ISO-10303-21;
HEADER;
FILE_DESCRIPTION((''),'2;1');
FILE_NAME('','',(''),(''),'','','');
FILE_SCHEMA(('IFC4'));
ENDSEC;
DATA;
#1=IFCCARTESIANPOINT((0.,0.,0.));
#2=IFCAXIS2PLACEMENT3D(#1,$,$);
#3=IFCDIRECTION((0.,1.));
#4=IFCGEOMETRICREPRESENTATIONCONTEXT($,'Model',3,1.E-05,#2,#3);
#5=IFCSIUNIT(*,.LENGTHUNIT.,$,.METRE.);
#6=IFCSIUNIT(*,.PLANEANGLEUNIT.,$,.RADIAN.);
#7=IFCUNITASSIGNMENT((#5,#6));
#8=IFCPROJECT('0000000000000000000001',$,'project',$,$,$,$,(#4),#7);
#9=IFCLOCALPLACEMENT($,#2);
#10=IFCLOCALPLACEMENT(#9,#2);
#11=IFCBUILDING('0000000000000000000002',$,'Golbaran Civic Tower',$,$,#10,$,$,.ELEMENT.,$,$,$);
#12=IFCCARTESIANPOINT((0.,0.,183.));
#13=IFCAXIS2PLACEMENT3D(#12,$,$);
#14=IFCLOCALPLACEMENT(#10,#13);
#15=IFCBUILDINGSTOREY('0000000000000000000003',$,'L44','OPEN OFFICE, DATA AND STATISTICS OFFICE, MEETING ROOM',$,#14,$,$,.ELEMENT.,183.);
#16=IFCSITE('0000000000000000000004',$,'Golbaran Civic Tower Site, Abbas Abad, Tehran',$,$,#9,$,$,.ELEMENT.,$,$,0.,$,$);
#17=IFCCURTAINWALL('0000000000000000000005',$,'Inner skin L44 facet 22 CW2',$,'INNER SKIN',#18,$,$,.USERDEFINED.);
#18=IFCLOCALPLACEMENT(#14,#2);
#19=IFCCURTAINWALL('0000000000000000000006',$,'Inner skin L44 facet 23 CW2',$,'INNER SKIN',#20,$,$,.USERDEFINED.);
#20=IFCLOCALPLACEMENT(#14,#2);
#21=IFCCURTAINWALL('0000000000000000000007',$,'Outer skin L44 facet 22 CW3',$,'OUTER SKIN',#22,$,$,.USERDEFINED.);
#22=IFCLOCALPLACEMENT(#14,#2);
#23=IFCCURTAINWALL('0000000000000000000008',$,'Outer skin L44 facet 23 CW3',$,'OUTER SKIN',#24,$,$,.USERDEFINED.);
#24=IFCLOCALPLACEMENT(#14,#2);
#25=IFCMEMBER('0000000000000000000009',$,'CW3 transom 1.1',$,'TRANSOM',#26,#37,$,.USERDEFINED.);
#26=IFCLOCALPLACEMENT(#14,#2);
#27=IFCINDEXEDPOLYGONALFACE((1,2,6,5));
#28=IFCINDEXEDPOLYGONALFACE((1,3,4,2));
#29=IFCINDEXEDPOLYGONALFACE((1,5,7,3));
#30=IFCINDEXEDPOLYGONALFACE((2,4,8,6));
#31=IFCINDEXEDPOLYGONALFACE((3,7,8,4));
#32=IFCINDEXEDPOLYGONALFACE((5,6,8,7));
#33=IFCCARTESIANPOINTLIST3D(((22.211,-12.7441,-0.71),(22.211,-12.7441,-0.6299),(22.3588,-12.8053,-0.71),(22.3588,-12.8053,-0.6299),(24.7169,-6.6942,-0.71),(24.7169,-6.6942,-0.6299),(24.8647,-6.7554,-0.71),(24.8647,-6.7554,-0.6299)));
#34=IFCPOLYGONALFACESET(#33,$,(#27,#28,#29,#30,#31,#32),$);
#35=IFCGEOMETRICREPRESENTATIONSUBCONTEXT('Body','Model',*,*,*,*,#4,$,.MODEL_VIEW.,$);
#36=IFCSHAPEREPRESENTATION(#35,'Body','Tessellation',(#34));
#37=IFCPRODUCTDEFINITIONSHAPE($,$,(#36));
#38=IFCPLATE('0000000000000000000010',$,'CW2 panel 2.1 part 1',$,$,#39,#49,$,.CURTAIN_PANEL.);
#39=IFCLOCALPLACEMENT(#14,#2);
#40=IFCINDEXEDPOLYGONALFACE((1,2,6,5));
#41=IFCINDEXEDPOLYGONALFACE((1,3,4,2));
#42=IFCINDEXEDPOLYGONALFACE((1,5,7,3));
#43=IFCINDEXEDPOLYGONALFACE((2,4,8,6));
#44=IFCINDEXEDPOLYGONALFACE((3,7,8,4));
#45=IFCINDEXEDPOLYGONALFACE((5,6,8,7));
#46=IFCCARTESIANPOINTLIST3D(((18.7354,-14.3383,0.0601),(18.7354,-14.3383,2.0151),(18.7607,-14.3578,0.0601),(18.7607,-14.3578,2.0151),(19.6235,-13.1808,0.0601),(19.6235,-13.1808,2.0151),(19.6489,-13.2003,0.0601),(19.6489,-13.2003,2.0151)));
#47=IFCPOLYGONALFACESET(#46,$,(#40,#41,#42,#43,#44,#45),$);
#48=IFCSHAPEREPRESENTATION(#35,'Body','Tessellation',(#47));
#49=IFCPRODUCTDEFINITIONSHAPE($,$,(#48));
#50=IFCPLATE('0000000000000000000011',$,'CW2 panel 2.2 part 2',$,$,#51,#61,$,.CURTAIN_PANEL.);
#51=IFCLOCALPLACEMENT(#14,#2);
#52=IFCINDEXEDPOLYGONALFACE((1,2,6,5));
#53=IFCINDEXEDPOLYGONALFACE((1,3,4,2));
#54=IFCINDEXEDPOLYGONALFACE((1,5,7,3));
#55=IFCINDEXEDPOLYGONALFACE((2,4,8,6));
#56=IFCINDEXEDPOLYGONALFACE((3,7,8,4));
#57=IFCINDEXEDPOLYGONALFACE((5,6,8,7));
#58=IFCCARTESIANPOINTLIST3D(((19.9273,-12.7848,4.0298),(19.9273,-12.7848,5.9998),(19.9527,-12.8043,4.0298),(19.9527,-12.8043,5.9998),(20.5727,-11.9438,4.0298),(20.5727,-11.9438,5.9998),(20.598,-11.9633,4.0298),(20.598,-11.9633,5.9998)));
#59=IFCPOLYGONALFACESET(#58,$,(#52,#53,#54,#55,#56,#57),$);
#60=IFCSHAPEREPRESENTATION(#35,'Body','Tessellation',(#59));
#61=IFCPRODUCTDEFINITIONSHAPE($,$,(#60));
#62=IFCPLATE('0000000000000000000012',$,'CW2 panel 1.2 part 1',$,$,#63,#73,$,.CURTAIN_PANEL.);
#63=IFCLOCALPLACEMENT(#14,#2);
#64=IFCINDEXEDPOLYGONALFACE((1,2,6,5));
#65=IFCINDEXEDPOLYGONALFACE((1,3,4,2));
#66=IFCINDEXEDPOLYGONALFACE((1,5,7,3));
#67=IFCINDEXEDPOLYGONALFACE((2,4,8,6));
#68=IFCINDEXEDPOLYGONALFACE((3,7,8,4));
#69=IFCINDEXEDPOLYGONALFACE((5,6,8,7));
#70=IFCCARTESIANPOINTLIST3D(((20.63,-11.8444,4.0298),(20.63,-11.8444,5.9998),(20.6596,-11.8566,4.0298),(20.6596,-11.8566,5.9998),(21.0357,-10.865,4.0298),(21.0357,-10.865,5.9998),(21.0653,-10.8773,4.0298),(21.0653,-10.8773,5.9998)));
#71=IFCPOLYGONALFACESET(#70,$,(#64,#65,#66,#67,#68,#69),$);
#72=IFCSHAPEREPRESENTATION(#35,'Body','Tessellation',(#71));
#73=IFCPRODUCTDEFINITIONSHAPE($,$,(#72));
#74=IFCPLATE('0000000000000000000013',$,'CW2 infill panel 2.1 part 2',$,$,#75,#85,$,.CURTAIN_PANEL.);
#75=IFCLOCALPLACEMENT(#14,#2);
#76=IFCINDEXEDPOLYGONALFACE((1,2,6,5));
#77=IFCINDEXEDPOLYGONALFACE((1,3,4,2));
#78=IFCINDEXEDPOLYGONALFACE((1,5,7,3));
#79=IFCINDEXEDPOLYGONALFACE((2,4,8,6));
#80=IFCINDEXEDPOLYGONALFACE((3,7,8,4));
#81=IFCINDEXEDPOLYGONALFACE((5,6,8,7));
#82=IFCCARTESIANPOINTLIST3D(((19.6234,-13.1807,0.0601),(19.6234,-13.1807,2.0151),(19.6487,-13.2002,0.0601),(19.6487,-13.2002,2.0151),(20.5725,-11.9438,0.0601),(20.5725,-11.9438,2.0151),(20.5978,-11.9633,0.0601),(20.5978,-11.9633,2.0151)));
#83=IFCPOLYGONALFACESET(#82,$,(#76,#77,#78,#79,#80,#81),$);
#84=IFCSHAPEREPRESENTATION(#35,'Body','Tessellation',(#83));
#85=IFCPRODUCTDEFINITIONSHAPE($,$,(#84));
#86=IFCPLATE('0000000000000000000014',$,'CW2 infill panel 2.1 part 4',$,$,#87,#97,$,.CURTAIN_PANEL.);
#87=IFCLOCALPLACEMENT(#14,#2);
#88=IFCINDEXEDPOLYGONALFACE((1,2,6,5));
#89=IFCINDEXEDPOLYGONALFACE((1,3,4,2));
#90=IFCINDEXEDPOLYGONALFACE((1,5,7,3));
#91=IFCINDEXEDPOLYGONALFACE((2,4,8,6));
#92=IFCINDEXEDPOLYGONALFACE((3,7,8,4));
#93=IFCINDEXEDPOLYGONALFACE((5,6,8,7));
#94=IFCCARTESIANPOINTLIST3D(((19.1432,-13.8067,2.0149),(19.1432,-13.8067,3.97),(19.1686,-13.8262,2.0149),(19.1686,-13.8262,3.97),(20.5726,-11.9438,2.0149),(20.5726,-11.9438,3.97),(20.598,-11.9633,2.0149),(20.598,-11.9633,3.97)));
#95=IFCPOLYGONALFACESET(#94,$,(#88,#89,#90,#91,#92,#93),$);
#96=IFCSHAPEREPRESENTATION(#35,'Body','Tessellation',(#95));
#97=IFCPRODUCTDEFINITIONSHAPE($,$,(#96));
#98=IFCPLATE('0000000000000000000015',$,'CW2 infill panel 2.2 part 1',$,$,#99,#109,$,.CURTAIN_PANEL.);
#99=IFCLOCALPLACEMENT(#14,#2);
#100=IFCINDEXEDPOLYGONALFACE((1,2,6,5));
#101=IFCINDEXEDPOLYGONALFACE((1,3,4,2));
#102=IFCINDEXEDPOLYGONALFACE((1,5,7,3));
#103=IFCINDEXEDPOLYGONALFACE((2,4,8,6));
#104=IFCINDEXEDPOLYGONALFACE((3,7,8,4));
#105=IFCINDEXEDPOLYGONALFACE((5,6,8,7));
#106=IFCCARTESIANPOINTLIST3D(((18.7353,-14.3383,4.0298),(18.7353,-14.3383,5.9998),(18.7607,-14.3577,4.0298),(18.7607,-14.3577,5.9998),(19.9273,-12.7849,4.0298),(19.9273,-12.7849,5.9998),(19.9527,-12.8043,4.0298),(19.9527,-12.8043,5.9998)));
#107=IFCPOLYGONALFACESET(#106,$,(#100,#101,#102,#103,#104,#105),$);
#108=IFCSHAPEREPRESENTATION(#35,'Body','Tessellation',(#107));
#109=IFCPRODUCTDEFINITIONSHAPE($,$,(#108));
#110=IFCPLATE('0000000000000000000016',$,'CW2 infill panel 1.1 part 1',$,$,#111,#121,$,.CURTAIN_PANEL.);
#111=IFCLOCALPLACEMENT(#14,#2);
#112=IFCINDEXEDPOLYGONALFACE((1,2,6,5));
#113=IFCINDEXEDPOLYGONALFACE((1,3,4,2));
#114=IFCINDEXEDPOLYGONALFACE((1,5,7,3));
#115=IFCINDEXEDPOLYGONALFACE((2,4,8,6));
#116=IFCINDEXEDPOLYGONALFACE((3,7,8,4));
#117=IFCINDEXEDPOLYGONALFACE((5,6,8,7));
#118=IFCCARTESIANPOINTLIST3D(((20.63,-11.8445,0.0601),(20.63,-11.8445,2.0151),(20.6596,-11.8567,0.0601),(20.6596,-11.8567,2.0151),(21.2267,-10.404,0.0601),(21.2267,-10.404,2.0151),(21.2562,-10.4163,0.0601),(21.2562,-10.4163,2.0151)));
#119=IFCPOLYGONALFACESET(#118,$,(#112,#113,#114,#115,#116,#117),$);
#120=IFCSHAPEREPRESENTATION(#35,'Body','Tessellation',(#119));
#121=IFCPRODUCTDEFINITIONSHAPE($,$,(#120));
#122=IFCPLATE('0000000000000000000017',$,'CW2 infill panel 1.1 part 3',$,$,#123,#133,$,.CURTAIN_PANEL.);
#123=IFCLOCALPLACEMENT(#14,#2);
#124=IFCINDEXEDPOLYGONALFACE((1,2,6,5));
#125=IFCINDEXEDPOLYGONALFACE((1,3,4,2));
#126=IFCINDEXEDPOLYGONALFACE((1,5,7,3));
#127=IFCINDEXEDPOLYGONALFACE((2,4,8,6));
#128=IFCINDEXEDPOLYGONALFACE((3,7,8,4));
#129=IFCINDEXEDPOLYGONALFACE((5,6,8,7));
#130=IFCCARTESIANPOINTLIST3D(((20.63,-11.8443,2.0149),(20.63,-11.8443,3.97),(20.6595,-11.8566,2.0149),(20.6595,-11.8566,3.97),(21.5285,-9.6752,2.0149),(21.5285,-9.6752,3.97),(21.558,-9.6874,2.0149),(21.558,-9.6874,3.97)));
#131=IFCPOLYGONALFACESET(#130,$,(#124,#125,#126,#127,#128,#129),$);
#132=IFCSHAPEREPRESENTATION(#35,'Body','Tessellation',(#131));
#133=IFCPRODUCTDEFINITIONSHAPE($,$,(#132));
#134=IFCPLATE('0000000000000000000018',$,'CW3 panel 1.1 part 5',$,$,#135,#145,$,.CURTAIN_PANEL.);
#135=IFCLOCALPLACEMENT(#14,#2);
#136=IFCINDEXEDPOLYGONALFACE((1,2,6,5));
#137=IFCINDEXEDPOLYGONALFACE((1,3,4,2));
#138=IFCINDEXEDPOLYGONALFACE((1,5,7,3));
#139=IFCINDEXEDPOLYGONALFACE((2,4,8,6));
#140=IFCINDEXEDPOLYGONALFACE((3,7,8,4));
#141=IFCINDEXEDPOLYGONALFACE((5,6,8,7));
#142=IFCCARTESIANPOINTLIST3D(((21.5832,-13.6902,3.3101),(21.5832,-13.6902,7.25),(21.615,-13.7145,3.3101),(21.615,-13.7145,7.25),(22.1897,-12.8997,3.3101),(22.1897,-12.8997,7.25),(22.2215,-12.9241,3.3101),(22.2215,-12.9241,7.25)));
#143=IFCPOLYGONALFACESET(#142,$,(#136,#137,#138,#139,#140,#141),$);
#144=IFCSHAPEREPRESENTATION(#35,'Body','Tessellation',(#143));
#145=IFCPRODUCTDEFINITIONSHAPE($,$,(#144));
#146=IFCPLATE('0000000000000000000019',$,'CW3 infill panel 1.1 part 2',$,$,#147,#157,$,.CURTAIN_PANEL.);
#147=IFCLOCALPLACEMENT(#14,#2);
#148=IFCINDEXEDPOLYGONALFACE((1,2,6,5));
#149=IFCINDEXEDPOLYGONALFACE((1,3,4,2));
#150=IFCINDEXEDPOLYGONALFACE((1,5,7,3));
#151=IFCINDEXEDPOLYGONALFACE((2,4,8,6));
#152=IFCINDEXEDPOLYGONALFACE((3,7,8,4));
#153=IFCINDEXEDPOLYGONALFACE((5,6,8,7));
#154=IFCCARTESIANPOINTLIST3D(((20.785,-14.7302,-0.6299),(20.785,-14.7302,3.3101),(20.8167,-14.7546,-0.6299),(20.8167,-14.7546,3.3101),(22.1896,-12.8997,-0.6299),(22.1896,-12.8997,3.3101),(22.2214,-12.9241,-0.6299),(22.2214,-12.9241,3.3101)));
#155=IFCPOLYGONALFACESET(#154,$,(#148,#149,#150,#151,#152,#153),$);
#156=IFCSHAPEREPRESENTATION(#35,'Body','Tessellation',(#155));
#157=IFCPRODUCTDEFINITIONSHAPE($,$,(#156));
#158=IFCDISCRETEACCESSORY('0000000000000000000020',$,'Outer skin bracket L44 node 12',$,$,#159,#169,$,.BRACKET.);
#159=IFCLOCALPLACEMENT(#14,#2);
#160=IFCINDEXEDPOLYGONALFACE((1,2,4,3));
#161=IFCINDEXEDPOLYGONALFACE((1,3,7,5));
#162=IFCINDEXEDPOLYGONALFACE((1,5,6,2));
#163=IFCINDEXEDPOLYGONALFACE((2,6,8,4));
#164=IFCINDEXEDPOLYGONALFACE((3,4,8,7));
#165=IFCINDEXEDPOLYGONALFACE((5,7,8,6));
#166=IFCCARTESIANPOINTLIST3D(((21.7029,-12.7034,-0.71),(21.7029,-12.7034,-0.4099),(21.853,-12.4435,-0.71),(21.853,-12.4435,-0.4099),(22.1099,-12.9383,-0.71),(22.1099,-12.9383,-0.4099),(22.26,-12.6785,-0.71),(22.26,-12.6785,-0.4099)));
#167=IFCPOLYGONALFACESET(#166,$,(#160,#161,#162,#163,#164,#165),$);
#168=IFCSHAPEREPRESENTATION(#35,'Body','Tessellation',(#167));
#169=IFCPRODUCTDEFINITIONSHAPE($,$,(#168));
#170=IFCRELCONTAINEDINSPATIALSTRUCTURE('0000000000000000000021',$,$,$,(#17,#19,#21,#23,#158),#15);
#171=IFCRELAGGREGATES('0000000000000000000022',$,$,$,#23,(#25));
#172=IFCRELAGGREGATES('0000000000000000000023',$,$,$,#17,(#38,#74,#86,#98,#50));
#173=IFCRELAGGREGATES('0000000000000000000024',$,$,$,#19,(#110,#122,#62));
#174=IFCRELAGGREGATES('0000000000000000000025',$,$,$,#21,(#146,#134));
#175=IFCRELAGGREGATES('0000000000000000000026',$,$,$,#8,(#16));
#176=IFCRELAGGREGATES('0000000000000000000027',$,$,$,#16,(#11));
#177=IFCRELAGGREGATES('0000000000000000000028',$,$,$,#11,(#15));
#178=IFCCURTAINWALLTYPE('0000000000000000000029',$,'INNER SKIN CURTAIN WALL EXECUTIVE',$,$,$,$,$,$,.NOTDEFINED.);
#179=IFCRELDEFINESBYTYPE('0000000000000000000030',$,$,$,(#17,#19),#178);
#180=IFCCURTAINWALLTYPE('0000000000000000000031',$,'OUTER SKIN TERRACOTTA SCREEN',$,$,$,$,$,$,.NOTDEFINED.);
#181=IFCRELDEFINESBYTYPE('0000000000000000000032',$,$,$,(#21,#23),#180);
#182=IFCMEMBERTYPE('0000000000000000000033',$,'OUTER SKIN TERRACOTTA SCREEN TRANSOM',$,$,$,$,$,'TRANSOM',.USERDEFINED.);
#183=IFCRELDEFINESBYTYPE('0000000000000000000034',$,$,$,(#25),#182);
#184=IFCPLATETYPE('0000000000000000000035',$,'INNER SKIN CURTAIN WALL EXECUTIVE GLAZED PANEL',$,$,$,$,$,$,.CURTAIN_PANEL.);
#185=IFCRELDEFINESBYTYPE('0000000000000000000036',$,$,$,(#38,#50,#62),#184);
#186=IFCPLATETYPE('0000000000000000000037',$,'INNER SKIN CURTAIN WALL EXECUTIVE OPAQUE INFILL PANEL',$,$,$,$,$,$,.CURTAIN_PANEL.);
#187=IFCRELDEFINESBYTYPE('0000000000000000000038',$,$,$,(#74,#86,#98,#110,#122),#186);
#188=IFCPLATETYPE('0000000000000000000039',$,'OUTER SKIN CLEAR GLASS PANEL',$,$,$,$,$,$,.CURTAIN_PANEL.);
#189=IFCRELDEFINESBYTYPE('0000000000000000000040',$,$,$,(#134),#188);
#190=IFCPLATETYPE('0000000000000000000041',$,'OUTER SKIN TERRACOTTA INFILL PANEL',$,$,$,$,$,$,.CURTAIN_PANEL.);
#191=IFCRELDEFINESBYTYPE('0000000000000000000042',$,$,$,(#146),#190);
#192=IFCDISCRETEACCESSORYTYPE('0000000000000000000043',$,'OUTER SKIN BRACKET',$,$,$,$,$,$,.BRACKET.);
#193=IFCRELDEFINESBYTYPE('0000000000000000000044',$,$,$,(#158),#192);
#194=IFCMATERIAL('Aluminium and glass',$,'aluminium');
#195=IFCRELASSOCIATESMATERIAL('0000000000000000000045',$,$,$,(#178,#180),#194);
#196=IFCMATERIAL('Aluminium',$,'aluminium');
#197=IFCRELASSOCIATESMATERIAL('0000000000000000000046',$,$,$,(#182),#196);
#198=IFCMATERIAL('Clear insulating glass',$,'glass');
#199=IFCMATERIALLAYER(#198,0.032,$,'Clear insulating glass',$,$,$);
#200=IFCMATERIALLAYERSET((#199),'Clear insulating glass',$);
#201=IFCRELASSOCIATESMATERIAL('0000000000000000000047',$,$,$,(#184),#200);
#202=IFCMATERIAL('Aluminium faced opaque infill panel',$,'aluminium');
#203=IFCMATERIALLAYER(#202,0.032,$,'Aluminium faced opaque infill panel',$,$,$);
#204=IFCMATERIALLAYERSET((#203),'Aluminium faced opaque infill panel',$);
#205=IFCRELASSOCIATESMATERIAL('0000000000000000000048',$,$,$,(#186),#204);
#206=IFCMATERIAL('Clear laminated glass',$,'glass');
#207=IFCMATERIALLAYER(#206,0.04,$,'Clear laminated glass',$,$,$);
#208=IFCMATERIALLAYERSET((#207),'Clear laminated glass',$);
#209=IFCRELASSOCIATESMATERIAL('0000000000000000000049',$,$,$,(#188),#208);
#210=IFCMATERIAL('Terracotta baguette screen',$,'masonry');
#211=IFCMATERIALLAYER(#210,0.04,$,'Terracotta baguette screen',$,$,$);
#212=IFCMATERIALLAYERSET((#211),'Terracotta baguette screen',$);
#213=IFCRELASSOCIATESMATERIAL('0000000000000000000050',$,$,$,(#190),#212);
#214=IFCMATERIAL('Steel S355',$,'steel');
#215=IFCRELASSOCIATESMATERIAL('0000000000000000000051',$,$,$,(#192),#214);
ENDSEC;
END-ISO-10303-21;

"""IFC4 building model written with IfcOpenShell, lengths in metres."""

from ifc_helpers import new_model, si_unit, direction, frame, origin, origin_2d, place, context, subcontext, project, spatial, rectangle, extrude, material, layer, layer_set, material_profile, profile_set, type_object, element, aggregate, save


model = new_model("IFC4")

# Units and contexts
model_context = context("Model", 3, precision=1e-05, world=origin(), true_north=direction((0.0, 1.0)))
body_context = subcontext(model_context, "Body", "Model", "MODEL_VIEW")
ifc_project = project(units=[si_unit("LENGTHUNIT", "METRE"), si_unit("PLANEANGLEUNIT", "RADIAN")], contexts=[model_context])

# Site, building, storey
site_placement = place(None, origin())
site = spatial("IfcSite", under=ifc_project, at=site_placement, Name="Golbaran Civic Tower Site, Abbas Abad, Tehran", CompositionType="ELEMENT", RefElevation=0.0)
building_placement = place(site_placement, origin())
building = spatial("IfcBuilding", under=site, at=building_placement, Name="Golbaran Civic Tower", CompositionType="ELEMENT")
storey_placement = place(building_placement, frame((0.0, 0.0, 183.0)))
storey = spatial("IfcBuildingStorey", under=building, at=storey_placement, Name="L44", Description="OPEN OFFICE, DATA AND STATISTICS OFFICE, MEETING ROOM", CompositionType="ELEMENT", Elevation=183.0)

# Shared definitions
ifc_material_1 = material(Name="Steel S355", Category="steel")

# Curtain wall
ifc_material_2 = material(Name="Aluminium and glass", Category="aluminium")
curtain_wall_type_1 = type_object("IfcCurtainWallType", Name="INNER SKIN CURTAIN WALL EXECUTIVE", PredefinedType="NOTDEFINED", material=ifc_material_2)
curtain_wall_1_placement = place(storey_placement, origin())
curtain_wall_1 = element("IfcCurtainWall", 1, at=curtain_wall_1_placement, inside=storey, type_object=curtain_wall_type_1, Name="Inner skin L44 facet 22 CW2", ObjectType="INNER SKIN", PredefinedType="USERDEFINED")
ifc_material_3 = material(Name="Aluminium", Category="aluminium")

# Curtain wall
curtain_wall_2_placement = place(storey_placement, origin())
curtain_wall_2 = element("IfcCurtainWall", 2, at=curtain_wall_2_placement, inside=storey, type_object=curtain_wall_type_1, Name="Inner skin L44 facet 23 CW2", ObjectType="INNER SKIN", PredefinedType="USERDEFINED")

# Curtain wall
curtain_wall_type_2 = type_object("IfcCurtainWallType", Name="OUTER SKIN TERRACOTTA SCREEN", PredefinedType="NOTDEFINED", material=ifc_material_2)
curtain_wall_3_placement = place(storey_placement, origin())
curtain_wall_3 = element("IfcCurtainWall", 3, at=curtain_wall_3_placement, inside=storey, type_object=curtain_wall_type_2, Name="Outer skin L44 facet 22 CW3", ObjectType="OUTER SKIN", PredefinedType="USERDEFINED")

# Curtain wall, member
curtain_wall_4_placement = place(storey_placement, origin())
curtain_wall_4 = element("IfcCurtainWall", 4, at=curtain_wall_4_placement, inside=storey, type_object=curtain_wall_type_2, Name="Outer skin L44 facet 23 CW3", ObjectType="OUTER SKIN", PredefinedType="USERDEFINED")
ifc_material_profile_1 = material_profile(ifc_material_3, rectangle(XDim=0.1599, YDim=0.0801, at=origin_2d()), Name="OUTER SKIN TERRACOTTA SCREEN TRANSOM")
ifc_profile_set_1 = profile_set([ifc_material_profile_1], Name="Aluminium")
member_type_1 = type_object("IfcMemberType", Name="OUTER SKIN TERRACOTTA SCREEN TRANSOM", ElementType="TRANSOM", PredefinedType="USERDEFINED", material=ifc_profile_set_1)
member_1_placement = place(storey_placement, frame((22.2849, -12.7747, -0.6699), z_axis=(0.382677, 0.923882, 0.0), x_axis=(-0.923882, 0.382677, 0.0)))
member_1 = element("IfcMember", 5, at=member_1_placement, type_object=member_type_1, Name="CW3 transom 1.1", ObjectType="TRANSOM", PredefinedType="USERDEFINED", context=body_context, shape_type="SweptSolid", body=[
    extrude(rectangle(XDim=0.1599, YDim=0.0801, at=origin_2d()), origin(), (0.0, 0.0, 1.0), 6.5483),
])
aggregate(curtain_wall_4, [member_1])

# Plates
ifc_material_4 = material(Name="Clear insulating glass", Category="glass")
ifc_layer_1 = layer(ifc_material_4, 0.032, Name="Clear insulating glass")
ifc_layer_set_1 = layer_set([ifc_layer_1], Name="Clear insulating glass")
plate_type_1 = type_object("IfcPlateType", Name="INNER SKIN CURTAIN WALL EXECUTIVE GLAZED PANEL", PredefinedType="CURTAIN_PANEL", material=ifc_layer_set_1)
plate_1_placement = place(storey_placement, frame((19.1921, -13.7693, 0.0601), z_axis=(0.0, 0.0, 1.0), x_axis=(0.608761, 0.793353, 0.0)))
plate_1 = element("IfcPlate", 6, at=plate_1_placement, type_object=plate_type_1, Name="CW2 panel 2.1 part 1", PredefinedType="CURTAIN_PANEL", context=body_context, shape_type="SweptSolid", body=[
    extrude(rectangle(XDim=1.459, YDim=0.032, at=origin_2d()), origin(), (0.0, 0.0, 1.0), 1.9551),
])
plate_2_placement = place(storey_placement, frame((20.2627, -12.374, 4.0298), z_axis=(0.0, 0.0, 1.0), x_axis=(0.608761, 0.793353, 0.0)))
plate_2 = element("IfcPlate", 7, at=plate_2_placement, type_object=plate_type_1, Name="CW2 panel 2.2 part 2", PredefinedType="CURTAIN_PANEL", context=body_context, shape_type="SweptSolid", body=[
    extrude(rectangle(XDim=1.0601, YDim=0.032, at=origin_2d()), origin(), (0.0, 0.0, 1.0), 1.97),
])
plate_3_placement = place(storey_placement, frame((20.8477, -11.3608, 4.0298), z_axis=(0.0, 0.0, 1.0), x_axis=(0.382683, 0.92388, 0.0)))
plate_3 = element("IfcPlate", 8, at=plate_3_placement, type_object=plate_type_1, Name="CW2 panel 1.2 part 1", PredefinedType="CURTAIN_PANEL", context=body_context, shape_type="SweptSolid", body=[
    extrude(rectangle(XDim=1.0601, YDim=0.032, at=origin_2d()), origin(), (0.0, 0.0, 1.0), 1.97),
])
ifc_material_5 = material(Name="Aluminium faced opaque infill panel", Category="aluminium")
ifc_layer_2 = layer(ifc_material_5, 0.032, Name="Aluminium faced opaque infill panel")
ifc_layer_set_2 = layer_set([ifc_layer_2], Name="Aluminium faced opaque infill panel")
plate_type_2 = type_object("IfcPlateType", Name="INNER SKIN CURTAIN WALL EXECUTIVE OPAQUE INFILL PANEL", PredefinedType="CURTAIN_PANEL", material=ifc_layer_set_2)
plate_4_placement = place(storey_placement, frame((20.1106, -12.572, 0.0601), z_axis=(0.0, 0.0, 1.0), x_axis=(0.608761, 0.793353, 0.0)))
plate_4 = element("IfcPlate", 9, at=plate_4_placement, type_object=plate_type_2, Name="CW2 infill panel 2.1 part 2", PredefinedType="CURTAIN_PANEL", context=body_context, shape_type="SweptSolid", body=[
    extrude(rectangle(XDim=1.5591, YDim=0.032, at=origin_2d()), origin(), (0.0, 0.0, 1.0), 1.9551),
])
plate_5_placement = place(storey_placement, frame((19.8706, -12.885, 2.0149), z_axis=(0.0, 0.0, 1.0), x_axis=(0.608761, 0.793353, 0.0)))
plate_5 = element("IfcPlate", 10, at=plate_5_placement, type_object=plate_type_2, Name="CW2 infill panel 2.1 part 4", PredefinedType="CURTAIN_PANEL", context=body_context, shape_type="SweptSolid", body=[
    extrude(rectangle(XDim=2.3481, YDim=0.032, at=origin_2d()), origin(), (0.0, 0.0, 1.0), 1.9551),
])
plate_6_placement = place(storey_placement, frame((19.344, -13.5713, 4.0298), z_axis=(0.0, 0.0, 1.0), x_axis=(0.608761, 0.793353, 0.0)))
plate_6 = element("IfcPlate", 11, at=plate_6_placement, type_object=plate_type_2, Name="CW2 infill panel 2.2 part 1", PredefinedType="CURTAIN_PANEL", context=body_context, shape_type="SweptSolid", body=[
    extrude(rectangle(XDim=1.958, YDim=0.032, at=origin_2d()), origin(), (0.0, 0.0, 1.0), 1.97),
])
aggregate(curtain_wall_1, [plate_1, plate_4, plate_5, plate_6, plate_2])
plate_7_placement = place(storey_placement, frame((20.9431, -11.1304, 0.0601), z_axis=(0.0, 0.0, 1.0), x_axis=(0.382683, 0.92388, 0.0)))
plate_7 = element("IfcPlate", 12, at=plate_7_placement, type_object=plate_type_2, Name="CW2 infill panel 1.1 part 1", PredefinedType="CURTAIN_PANEL", context=body_context, shape_type="SweptSolid", body=[
    extrude(rectangle(XDim=1.5591, YDim=0.032, at=origin_2d()), origin(), (0.0, 0.0, 1.0), 1.9551),
])
plate_8_placement = place(storey_placement, frame((21.094, -10.7659, 2.0149), z_axis=(0.0, 0.0, 1.0), x_axis=(0.382683, 0.92388, 0.0)))
plate_8 = element("IfcPlate", 13, at=plate_8_placement, type_object=plate_type_2, Name="CW2 infill panel 1.1 part 3", PredefinedType="CURTAIN_PANEL", context=body_context, shape_type="SweptSolid", body=[
    extrude(rectangle(XDim=2.3479, YDim=0.032, at=origin_2d()), origin(), (0.0, 0.0, 1.0), 1.9551),
])
aggregate(curtain_wall_2, [plate_7, plate_8, plate_3])
ifc_material_6 = material(Name="Clear laminated glass", Category="glass")
ifc_layer_3 = layer(ifc_material_6, 0.04, Name="Clear laminated glass")
ifc_layer_set_3 = layer_set([ifc_layer_3], Name="Clear laminated glass")
plate_type_3 = type_object("IfcPlateType", Name="OUTER SKIN CLEAR GLASS PANEL", PredefinedType="CURTAIN_PANEL", material=ifc_layer_set_3)
plate_9_placement = place(storey_placement, frame((21.9023, -13.3071, 3.3101), z_axis=(0.0, 0.0, 1.0), x_axis=(0.608761, 0.793353, 0.0)))
plate_9 = element("IfcPlate", 14, at=plate_9_placement, type_object=plate_type_3, Name="CW3 panel 1.1 part 5", PredefinedType="CURTAIN_PANEL", context=body_context, shape_type="SweptSolid", body=[
    extrude(rectangle(XDim=0.9963, YDim=0.04, at=origin_2d()), origin(), (0.0, 0.0, 1.0), 3.9399),
])
ifc_material_7 = material(Name="Terracotta baguette screen", Category="masonry")
ifc_layer_4 = layer(ifc_material_7, 0.04, Name="Terracotta baguette screen")
ifc_layer_set_4 = layer_set([ifc_layer_4], Name="Terracotta baguette screen")
plate_type_4 = type_object("IfcPlateType", Name="OUTER SKIN TERRACOTTA INFILL PANEL", PredefinedType="CURTAIN_PANEL", material=ifc_layer_set_4)
plate_10_placement = place(storey_placement, frame((21.5032, -13.8271, -0.6299), z_axis=(0.0, 0.0, 1.0), x_axis=(0.608761, 0.793353, 0.0)))
plate_10 = element("IfcPlate", 15, at=plate_10_placement, type_object=plate_type_4, Name="CW3 infill panel 1.1 part 2", PredefinedType="CURTAIN_PANEL", context=body_context, shape_type="SweptSolid", body=[
    extrude(rectangle(XDim=2.3074, YDim=0.04, at=origin_2d()), origin(), (0.0, 0.0, 1.0), 3.9399),
])
aggregate(curtain_wall_3, [plate_10, plate_9])

# Discrete accessory
discrete_accessory_type = type_object("IfcDiscreteAccessoryType", Name="OUTER SKIN BRACKET", PredefinedType="BRACKET", material=ifc_material_1)
discrete_accessory_placement = place(storey_placement, frame((21.9814, -12.6909, -0.71), z_axis=(0.0, 0.0, 1.0), x_axis=(0.866025, -0.5, 0.0)))
element("IfcDiscreteAccessory", 16, at=discrete_accessory_placement, inside=storey, type_object=discrete_accessory_type, Name="Outer skin bracket L44 node 12", PredefinedType="BRACKET", context=body_context, shape_type="SweptSolid", body=[
    extrude(rectangle(XDim=0.47, YDim=0.3, at=origin_2d()), origin(), (0.0, 0.0, 1.0), 0.3),
])

save(model, "model.ifc")
